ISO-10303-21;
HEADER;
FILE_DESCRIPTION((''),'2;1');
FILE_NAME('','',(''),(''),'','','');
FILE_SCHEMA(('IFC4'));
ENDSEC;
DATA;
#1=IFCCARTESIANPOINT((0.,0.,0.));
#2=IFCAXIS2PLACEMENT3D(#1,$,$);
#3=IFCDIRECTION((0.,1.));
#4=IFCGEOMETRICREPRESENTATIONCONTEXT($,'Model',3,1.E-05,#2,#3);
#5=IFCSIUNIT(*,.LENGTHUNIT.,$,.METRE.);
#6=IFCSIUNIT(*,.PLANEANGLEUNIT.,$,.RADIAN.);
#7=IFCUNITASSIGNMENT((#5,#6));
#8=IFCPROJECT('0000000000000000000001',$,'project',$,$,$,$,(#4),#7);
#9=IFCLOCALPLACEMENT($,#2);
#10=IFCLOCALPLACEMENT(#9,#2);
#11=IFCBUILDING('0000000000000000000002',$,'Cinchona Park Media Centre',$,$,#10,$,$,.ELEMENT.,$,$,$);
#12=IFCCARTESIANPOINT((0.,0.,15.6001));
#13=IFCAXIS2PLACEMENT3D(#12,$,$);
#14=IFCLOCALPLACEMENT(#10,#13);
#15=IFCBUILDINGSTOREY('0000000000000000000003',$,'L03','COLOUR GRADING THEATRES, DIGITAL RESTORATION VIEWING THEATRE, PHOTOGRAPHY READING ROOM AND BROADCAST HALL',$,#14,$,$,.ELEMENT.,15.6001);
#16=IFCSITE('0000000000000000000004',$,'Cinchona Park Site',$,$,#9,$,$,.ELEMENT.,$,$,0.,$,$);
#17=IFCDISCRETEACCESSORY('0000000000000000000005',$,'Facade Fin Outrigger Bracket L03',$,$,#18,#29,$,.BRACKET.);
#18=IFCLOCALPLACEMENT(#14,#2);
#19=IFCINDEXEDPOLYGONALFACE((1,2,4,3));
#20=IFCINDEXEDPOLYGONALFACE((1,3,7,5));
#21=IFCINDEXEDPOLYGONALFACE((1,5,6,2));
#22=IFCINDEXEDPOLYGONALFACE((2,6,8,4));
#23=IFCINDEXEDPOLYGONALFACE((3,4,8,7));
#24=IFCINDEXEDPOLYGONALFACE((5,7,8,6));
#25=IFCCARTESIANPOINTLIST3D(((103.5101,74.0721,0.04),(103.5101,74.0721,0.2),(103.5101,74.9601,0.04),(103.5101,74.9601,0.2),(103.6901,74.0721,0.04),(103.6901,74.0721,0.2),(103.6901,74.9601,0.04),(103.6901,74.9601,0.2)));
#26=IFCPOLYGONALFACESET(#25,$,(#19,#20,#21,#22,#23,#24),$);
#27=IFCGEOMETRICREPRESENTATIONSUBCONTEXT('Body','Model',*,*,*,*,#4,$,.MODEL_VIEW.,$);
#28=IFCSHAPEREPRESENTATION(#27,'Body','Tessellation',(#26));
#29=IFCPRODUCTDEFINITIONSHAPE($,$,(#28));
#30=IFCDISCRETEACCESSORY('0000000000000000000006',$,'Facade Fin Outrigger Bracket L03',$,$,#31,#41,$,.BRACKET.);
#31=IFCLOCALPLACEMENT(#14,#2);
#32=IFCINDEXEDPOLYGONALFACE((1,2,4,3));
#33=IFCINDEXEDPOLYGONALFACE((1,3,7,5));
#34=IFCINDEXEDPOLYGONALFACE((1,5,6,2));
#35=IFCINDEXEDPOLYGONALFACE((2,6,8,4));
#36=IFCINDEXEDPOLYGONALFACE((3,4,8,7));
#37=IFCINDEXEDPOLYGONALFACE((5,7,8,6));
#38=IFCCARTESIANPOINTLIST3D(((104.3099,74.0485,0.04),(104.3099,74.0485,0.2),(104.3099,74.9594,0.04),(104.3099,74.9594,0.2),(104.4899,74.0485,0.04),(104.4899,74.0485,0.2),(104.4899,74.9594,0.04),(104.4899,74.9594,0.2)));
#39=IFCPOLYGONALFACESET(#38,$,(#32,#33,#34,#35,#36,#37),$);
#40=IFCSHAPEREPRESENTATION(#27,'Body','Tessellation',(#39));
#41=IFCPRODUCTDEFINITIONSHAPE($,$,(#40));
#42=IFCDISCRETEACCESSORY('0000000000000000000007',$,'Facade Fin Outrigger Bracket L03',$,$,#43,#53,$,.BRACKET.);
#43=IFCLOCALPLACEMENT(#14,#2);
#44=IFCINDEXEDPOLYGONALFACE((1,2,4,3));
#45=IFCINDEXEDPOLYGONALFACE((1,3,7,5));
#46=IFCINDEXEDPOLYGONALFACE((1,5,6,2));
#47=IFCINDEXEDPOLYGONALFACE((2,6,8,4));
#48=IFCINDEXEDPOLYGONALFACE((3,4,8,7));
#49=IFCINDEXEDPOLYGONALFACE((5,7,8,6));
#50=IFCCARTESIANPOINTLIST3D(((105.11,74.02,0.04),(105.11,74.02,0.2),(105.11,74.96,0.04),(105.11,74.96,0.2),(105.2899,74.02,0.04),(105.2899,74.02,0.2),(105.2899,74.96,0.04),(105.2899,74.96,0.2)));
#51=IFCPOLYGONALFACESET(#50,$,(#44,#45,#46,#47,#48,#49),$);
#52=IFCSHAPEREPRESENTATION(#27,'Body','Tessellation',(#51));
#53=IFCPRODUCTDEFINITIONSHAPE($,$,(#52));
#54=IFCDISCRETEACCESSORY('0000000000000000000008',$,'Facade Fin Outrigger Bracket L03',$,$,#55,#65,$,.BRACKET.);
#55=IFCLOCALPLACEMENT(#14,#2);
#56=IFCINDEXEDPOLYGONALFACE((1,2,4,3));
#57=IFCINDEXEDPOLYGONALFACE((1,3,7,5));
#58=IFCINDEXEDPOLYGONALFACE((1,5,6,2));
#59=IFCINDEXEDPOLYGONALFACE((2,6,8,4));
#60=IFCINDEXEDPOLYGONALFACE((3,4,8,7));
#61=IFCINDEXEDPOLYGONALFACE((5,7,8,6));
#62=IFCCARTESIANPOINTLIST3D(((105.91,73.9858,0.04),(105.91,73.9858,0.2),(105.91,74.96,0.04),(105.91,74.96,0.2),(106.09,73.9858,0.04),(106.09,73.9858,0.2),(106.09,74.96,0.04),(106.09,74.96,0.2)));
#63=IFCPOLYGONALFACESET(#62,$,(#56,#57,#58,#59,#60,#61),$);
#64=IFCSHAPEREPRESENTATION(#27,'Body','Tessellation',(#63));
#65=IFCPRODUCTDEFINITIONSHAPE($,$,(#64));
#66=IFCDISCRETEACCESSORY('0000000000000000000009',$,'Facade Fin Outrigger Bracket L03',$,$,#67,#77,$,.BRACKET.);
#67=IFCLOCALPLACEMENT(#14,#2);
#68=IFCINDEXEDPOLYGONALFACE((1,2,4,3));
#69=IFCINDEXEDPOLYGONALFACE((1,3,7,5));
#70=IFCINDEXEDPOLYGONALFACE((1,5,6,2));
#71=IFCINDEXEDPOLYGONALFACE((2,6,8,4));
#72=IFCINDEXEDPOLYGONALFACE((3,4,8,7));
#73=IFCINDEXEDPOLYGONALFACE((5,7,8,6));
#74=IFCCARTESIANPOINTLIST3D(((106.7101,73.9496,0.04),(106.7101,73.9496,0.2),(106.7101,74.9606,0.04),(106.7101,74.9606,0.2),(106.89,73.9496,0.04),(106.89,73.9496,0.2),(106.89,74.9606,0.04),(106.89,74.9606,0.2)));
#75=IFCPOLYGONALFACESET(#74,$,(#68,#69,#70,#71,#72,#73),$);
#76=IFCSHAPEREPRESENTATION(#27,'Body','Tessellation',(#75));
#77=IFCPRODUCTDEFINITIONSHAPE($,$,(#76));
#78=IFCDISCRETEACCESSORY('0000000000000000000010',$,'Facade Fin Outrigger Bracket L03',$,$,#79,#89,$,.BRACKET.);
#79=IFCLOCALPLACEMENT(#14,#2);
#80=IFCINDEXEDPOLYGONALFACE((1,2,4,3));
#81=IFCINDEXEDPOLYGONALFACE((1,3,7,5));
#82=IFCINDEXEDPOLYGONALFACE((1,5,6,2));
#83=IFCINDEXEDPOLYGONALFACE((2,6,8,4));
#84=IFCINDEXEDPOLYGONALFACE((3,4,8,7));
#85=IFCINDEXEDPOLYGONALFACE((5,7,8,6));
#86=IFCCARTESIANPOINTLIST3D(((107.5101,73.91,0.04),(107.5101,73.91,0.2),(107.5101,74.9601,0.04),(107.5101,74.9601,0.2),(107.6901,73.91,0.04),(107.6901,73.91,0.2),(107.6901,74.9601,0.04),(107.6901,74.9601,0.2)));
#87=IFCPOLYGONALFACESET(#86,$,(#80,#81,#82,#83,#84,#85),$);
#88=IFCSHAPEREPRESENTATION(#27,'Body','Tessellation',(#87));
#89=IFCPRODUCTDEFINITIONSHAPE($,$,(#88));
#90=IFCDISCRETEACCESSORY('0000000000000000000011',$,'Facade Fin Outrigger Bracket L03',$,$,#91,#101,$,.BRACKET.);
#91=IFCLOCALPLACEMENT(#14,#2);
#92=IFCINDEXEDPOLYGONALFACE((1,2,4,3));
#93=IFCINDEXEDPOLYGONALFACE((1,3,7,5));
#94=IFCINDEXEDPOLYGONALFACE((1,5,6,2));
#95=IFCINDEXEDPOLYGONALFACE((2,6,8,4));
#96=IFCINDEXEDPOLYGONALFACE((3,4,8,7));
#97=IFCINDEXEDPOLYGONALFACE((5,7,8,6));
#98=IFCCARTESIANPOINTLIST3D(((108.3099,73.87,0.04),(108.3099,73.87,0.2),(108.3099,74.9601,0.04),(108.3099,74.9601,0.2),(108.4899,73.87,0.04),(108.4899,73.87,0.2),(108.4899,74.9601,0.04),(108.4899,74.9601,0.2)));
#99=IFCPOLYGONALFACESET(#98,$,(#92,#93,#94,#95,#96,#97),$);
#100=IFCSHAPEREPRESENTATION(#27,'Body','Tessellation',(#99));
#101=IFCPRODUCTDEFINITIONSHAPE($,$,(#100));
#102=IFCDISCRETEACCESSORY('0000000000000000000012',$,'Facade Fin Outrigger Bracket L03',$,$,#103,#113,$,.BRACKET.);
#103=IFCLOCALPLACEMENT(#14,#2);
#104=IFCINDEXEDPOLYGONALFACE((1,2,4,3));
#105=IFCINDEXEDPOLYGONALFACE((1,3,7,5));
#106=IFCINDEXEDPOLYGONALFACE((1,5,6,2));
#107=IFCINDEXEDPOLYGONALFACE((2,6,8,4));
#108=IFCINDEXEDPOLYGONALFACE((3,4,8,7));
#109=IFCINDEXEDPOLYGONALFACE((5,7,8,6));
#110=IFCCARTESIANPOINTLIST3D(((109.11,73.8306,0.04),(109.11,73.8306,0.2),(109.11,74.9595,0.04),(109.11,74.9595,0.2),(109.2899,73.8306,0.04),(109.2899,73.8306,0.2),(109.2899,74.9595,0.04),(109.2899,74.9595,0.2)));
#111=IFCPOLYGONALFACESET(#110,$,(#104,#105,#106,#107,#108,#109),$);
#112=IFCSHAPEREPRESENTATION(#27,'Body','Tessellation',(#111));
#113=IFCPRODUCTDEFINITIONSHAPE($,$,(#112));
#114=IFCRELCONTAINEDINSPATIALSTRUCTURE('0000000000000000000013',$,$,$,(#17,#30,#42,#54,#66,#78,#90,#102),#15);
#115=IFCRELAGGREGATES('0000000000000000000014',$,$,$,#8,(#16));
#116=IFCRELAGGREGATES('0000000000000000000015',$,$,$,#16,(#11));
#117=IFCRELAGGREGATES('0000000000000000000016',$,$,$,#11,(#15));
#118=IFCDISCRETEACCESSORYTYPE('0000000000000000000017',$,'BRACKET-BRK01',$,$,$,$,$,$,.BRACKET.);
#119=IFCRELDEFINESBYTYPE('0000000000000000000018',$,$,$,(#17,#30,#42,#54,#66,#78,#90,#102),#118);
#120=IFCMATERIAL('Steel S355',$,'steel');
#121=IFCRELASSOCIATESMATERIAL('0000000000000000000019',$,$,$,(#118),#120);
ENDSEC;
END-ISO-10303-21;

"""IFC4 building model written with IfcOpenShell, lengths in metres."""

from ifc_helpers import new_model, si_unit, direction, frame, origin, origin_2d, place, context, subcontext, project, spatial, rectangle, extrude, material, type_object, element, save


model = new_model("IFC4")

# Units and contexts
model_context = context("Model", 3, precision=1e-05, world=origin(), true_north=direction((0.0, 1.0)))
body_context = subcontext(model_context, "Body", "Model", "MODEL_VIEW")
ifc_project = project(units=[si_unit("LENGTHUNIT", "METRE"), si_unit("PLANEANGLEUNIT", "RADIAN")], contexts=[model_context])

# Site, building, storey
site_placement = place(None, origin())
site = spatial("IfcSite", under=ifc_project, at=site_placement, Name="Cinchona Park Site", CompositionType="ELEMENT", RefElevation=0.0)
building_placement = place(site_placement, origin())
building = spatial("IfcBuilding", under=site, at=building_placement, Name="Cinchona Park Media Centre", CompositionType="ELEMENT")
storey_placement = place(building_placement, frame((0.0, 0.0, 15.6001)))
storey = spatial("IfcBuildingStorey", under=building, at=storey_placement, Name="L03", Description="COLOUR GRADING THEATRES, DIGITAL RESTORATION VIEWING THEATRE, PHOTOGRAPHY READING ROOM AND BROADCAST HALL", CompositionType="ELEMENT", Elevation=15.6001)

# Discrete accessories
ifc_material_1 = material(Name="Steel S355", Category="steel")
discrete_accessory_type = type_object("IfcDiscreteAccessoryType", Name="BRACKET-BRK01", PredefinedType="BRACKET", material=ifc_material_1)
discrete_accessory_1_placement = place(storey_placement, frame((103.6001, 74.5161, 0.04), z_axis=(0.0, 0.0, 1.0), x_axis=(1.0, 0.0, 0.0)))
element("IfcDiscreteAccessory", 1, at=discrete_accessory_1_placement, inside=storey, type_object=discrete_accessory_type, Name="Facade Fin Outrigger Bracket L03", PredefinedType="BRACKET", context=body_context, shape_type="SweptSolid", body=[
    extrude(rectangle(XDim=0.1799, YDim=0.8879, at=origin_2d()), origin(), (0.0, 0.0, 1.0), 0.1599),
])
discrete_accessory_2_placement = place(storey_placement, frame((104.3999, 74.5039, 0.04), z_axis=(0.0, 0.0, 1.0), x_axis=(1.0, 0.0, 0.0)))
element("IfcDiscreteAccessory", 2, at=discrete_accessory_2_placement, inside=storey, type_object=discrete_accessory_type, Name="Facade Fin Outrigger Bracket L03", PredefinedType="BRACKET", context=body_context, shape_type="SweptSolid", body=[
    extrude(rectangle(XDim=0.1799, YDim=0.9109, at=origin_2d()), origin(), (0.0, 0.0, 1.0), 0.1599),
])
discrete_accessory_3_placement = place(storey_placement, frame((105.2, 74.49, 0.04), z_axis=(0.0, 0.0, 1.0), x_axis=(1.0, 0.0, 0.0)))
element("IfcDiscreteAccessory", 3, at=discrete_accessory_3_placement, inside=storey, type_object=discrete_accessory_type, Name="Facade Fin Outrigger Bracket L03", PredefinedType="BRACKET", context=body_context, shape_type="SweptSolid", body=[
    extrude(rectangle(XDim=0.1799, YDim=0.9399, at=origin_2d()), origin(), (0.0, 0.0, 1.0), 0.1599),
])
discrete_accessory_4_placement = place(storey_placement, frame((106.0, 74.4729, 0.04), z_axis=(0.0, 0.0, 1.0), x_axis=(1.0, 0.0, 0.0)))
element("IfcDiscreteAccessory", 4, at=discrete_accessory_4_placement, inside=storey, type_object=discrete_accessory_type, Name="Facade Fin Outrigger Bracket L03", PredefinedType="BRACKET", context=body_context, shape_type="SweptSolid", body=[
    extrude(rectangle(XDim=0.1799, YDim=0.9741, at=origin_2d()), origin(), (0.0, 0.0, 1.0), 0.1599),
])
discrete_accessory_5_placement = place(storey_placement, frame((106.8, 74.4551, 0.04), z_axis=(0.0, 0.0, 1.0), x_axis=(1.0, 0.0, 0.0)))
element("IfcDiscreteAccessory", 5, at=discrete_accessory_5_placement, inside=storey, type_object=discrete_accessory_type, Name="Facade Fin Outrigger Bracket L03", PredefinedType="BRACKET", context=body_context, shape_type="SweptSolid", body=[
    extrude(rectangle(XDim=0.1799, YDim=1.011, at=origin_2d()), origin(), (0.0, 0.0, 1.0), 0.1599),
])
discrete_accessory_6_placement = place(storey_placement, frame((107.6001, 74.4351, 0.04), z_axis=(0.0, 0.0, 1.0), x_axis=(1.0, 0.0, 0.0)))
element("IfcDiscreteAccessory", 6, at=discrete_accessory_6_placement, inside=storey, type_object=discrete_accessory_type, Name="Facade Fin Outrigger Bracket L03", PredefinedType="BRACKET", context=body_context, shape_type="SweptSolid", body=[
    extrude(rectangle(XDim=0.1799, YDim=1.05, at=origin_2d()), origin(), (0.0, 0.0, 1.0), 0.1599),
])
discrete_accessory_7_placement = place(storey_placement, frame((108.3999, 74.415, 0.04), z_axis=(0.0, 0.0, 1.0), x_axis=(1.0, 0.0, 0.0)))
element("IfcDiscreteAccessory", 7, at=discrete_accessory_7_placement, inside=storey, type_object=discrete_accessory_type, Name="Facade Fin Outrigger Bracket L03", PredefinedType="BRACKET", context=body_context, shape_type="SweptSolid", body=[
    extrude(rectangle(XDim=0.1799, YDim=1.0901, at=origin_2d()), origin(), (0.0, 0.0, 1.0), 0.1599),
])
discrete_accessory_8_placement = place(storey_placement, frame((109.2, 74.395, 0.04), z_axis=(0.0, 0.0, 1.0), x_axis=(1.0, 0.0, 0.0)))
element("IfcDiscreteAccessory", 8, at=discrete_accessory_8_placement, inside=storey, type_object=discrete_accessory_type, Name="Facade Fin Outrigger Bracket L03", PredefinedType="BRACKET", context=body_context, shape_type="SweptSolid", body=[
    extrude(rectangle(XDim=0.1799, YDim=1.1289, at=origin_2d()), origin(), (0.0, 0.0, 1.0), 0.1599),
])

save(model, "model.ifc")
